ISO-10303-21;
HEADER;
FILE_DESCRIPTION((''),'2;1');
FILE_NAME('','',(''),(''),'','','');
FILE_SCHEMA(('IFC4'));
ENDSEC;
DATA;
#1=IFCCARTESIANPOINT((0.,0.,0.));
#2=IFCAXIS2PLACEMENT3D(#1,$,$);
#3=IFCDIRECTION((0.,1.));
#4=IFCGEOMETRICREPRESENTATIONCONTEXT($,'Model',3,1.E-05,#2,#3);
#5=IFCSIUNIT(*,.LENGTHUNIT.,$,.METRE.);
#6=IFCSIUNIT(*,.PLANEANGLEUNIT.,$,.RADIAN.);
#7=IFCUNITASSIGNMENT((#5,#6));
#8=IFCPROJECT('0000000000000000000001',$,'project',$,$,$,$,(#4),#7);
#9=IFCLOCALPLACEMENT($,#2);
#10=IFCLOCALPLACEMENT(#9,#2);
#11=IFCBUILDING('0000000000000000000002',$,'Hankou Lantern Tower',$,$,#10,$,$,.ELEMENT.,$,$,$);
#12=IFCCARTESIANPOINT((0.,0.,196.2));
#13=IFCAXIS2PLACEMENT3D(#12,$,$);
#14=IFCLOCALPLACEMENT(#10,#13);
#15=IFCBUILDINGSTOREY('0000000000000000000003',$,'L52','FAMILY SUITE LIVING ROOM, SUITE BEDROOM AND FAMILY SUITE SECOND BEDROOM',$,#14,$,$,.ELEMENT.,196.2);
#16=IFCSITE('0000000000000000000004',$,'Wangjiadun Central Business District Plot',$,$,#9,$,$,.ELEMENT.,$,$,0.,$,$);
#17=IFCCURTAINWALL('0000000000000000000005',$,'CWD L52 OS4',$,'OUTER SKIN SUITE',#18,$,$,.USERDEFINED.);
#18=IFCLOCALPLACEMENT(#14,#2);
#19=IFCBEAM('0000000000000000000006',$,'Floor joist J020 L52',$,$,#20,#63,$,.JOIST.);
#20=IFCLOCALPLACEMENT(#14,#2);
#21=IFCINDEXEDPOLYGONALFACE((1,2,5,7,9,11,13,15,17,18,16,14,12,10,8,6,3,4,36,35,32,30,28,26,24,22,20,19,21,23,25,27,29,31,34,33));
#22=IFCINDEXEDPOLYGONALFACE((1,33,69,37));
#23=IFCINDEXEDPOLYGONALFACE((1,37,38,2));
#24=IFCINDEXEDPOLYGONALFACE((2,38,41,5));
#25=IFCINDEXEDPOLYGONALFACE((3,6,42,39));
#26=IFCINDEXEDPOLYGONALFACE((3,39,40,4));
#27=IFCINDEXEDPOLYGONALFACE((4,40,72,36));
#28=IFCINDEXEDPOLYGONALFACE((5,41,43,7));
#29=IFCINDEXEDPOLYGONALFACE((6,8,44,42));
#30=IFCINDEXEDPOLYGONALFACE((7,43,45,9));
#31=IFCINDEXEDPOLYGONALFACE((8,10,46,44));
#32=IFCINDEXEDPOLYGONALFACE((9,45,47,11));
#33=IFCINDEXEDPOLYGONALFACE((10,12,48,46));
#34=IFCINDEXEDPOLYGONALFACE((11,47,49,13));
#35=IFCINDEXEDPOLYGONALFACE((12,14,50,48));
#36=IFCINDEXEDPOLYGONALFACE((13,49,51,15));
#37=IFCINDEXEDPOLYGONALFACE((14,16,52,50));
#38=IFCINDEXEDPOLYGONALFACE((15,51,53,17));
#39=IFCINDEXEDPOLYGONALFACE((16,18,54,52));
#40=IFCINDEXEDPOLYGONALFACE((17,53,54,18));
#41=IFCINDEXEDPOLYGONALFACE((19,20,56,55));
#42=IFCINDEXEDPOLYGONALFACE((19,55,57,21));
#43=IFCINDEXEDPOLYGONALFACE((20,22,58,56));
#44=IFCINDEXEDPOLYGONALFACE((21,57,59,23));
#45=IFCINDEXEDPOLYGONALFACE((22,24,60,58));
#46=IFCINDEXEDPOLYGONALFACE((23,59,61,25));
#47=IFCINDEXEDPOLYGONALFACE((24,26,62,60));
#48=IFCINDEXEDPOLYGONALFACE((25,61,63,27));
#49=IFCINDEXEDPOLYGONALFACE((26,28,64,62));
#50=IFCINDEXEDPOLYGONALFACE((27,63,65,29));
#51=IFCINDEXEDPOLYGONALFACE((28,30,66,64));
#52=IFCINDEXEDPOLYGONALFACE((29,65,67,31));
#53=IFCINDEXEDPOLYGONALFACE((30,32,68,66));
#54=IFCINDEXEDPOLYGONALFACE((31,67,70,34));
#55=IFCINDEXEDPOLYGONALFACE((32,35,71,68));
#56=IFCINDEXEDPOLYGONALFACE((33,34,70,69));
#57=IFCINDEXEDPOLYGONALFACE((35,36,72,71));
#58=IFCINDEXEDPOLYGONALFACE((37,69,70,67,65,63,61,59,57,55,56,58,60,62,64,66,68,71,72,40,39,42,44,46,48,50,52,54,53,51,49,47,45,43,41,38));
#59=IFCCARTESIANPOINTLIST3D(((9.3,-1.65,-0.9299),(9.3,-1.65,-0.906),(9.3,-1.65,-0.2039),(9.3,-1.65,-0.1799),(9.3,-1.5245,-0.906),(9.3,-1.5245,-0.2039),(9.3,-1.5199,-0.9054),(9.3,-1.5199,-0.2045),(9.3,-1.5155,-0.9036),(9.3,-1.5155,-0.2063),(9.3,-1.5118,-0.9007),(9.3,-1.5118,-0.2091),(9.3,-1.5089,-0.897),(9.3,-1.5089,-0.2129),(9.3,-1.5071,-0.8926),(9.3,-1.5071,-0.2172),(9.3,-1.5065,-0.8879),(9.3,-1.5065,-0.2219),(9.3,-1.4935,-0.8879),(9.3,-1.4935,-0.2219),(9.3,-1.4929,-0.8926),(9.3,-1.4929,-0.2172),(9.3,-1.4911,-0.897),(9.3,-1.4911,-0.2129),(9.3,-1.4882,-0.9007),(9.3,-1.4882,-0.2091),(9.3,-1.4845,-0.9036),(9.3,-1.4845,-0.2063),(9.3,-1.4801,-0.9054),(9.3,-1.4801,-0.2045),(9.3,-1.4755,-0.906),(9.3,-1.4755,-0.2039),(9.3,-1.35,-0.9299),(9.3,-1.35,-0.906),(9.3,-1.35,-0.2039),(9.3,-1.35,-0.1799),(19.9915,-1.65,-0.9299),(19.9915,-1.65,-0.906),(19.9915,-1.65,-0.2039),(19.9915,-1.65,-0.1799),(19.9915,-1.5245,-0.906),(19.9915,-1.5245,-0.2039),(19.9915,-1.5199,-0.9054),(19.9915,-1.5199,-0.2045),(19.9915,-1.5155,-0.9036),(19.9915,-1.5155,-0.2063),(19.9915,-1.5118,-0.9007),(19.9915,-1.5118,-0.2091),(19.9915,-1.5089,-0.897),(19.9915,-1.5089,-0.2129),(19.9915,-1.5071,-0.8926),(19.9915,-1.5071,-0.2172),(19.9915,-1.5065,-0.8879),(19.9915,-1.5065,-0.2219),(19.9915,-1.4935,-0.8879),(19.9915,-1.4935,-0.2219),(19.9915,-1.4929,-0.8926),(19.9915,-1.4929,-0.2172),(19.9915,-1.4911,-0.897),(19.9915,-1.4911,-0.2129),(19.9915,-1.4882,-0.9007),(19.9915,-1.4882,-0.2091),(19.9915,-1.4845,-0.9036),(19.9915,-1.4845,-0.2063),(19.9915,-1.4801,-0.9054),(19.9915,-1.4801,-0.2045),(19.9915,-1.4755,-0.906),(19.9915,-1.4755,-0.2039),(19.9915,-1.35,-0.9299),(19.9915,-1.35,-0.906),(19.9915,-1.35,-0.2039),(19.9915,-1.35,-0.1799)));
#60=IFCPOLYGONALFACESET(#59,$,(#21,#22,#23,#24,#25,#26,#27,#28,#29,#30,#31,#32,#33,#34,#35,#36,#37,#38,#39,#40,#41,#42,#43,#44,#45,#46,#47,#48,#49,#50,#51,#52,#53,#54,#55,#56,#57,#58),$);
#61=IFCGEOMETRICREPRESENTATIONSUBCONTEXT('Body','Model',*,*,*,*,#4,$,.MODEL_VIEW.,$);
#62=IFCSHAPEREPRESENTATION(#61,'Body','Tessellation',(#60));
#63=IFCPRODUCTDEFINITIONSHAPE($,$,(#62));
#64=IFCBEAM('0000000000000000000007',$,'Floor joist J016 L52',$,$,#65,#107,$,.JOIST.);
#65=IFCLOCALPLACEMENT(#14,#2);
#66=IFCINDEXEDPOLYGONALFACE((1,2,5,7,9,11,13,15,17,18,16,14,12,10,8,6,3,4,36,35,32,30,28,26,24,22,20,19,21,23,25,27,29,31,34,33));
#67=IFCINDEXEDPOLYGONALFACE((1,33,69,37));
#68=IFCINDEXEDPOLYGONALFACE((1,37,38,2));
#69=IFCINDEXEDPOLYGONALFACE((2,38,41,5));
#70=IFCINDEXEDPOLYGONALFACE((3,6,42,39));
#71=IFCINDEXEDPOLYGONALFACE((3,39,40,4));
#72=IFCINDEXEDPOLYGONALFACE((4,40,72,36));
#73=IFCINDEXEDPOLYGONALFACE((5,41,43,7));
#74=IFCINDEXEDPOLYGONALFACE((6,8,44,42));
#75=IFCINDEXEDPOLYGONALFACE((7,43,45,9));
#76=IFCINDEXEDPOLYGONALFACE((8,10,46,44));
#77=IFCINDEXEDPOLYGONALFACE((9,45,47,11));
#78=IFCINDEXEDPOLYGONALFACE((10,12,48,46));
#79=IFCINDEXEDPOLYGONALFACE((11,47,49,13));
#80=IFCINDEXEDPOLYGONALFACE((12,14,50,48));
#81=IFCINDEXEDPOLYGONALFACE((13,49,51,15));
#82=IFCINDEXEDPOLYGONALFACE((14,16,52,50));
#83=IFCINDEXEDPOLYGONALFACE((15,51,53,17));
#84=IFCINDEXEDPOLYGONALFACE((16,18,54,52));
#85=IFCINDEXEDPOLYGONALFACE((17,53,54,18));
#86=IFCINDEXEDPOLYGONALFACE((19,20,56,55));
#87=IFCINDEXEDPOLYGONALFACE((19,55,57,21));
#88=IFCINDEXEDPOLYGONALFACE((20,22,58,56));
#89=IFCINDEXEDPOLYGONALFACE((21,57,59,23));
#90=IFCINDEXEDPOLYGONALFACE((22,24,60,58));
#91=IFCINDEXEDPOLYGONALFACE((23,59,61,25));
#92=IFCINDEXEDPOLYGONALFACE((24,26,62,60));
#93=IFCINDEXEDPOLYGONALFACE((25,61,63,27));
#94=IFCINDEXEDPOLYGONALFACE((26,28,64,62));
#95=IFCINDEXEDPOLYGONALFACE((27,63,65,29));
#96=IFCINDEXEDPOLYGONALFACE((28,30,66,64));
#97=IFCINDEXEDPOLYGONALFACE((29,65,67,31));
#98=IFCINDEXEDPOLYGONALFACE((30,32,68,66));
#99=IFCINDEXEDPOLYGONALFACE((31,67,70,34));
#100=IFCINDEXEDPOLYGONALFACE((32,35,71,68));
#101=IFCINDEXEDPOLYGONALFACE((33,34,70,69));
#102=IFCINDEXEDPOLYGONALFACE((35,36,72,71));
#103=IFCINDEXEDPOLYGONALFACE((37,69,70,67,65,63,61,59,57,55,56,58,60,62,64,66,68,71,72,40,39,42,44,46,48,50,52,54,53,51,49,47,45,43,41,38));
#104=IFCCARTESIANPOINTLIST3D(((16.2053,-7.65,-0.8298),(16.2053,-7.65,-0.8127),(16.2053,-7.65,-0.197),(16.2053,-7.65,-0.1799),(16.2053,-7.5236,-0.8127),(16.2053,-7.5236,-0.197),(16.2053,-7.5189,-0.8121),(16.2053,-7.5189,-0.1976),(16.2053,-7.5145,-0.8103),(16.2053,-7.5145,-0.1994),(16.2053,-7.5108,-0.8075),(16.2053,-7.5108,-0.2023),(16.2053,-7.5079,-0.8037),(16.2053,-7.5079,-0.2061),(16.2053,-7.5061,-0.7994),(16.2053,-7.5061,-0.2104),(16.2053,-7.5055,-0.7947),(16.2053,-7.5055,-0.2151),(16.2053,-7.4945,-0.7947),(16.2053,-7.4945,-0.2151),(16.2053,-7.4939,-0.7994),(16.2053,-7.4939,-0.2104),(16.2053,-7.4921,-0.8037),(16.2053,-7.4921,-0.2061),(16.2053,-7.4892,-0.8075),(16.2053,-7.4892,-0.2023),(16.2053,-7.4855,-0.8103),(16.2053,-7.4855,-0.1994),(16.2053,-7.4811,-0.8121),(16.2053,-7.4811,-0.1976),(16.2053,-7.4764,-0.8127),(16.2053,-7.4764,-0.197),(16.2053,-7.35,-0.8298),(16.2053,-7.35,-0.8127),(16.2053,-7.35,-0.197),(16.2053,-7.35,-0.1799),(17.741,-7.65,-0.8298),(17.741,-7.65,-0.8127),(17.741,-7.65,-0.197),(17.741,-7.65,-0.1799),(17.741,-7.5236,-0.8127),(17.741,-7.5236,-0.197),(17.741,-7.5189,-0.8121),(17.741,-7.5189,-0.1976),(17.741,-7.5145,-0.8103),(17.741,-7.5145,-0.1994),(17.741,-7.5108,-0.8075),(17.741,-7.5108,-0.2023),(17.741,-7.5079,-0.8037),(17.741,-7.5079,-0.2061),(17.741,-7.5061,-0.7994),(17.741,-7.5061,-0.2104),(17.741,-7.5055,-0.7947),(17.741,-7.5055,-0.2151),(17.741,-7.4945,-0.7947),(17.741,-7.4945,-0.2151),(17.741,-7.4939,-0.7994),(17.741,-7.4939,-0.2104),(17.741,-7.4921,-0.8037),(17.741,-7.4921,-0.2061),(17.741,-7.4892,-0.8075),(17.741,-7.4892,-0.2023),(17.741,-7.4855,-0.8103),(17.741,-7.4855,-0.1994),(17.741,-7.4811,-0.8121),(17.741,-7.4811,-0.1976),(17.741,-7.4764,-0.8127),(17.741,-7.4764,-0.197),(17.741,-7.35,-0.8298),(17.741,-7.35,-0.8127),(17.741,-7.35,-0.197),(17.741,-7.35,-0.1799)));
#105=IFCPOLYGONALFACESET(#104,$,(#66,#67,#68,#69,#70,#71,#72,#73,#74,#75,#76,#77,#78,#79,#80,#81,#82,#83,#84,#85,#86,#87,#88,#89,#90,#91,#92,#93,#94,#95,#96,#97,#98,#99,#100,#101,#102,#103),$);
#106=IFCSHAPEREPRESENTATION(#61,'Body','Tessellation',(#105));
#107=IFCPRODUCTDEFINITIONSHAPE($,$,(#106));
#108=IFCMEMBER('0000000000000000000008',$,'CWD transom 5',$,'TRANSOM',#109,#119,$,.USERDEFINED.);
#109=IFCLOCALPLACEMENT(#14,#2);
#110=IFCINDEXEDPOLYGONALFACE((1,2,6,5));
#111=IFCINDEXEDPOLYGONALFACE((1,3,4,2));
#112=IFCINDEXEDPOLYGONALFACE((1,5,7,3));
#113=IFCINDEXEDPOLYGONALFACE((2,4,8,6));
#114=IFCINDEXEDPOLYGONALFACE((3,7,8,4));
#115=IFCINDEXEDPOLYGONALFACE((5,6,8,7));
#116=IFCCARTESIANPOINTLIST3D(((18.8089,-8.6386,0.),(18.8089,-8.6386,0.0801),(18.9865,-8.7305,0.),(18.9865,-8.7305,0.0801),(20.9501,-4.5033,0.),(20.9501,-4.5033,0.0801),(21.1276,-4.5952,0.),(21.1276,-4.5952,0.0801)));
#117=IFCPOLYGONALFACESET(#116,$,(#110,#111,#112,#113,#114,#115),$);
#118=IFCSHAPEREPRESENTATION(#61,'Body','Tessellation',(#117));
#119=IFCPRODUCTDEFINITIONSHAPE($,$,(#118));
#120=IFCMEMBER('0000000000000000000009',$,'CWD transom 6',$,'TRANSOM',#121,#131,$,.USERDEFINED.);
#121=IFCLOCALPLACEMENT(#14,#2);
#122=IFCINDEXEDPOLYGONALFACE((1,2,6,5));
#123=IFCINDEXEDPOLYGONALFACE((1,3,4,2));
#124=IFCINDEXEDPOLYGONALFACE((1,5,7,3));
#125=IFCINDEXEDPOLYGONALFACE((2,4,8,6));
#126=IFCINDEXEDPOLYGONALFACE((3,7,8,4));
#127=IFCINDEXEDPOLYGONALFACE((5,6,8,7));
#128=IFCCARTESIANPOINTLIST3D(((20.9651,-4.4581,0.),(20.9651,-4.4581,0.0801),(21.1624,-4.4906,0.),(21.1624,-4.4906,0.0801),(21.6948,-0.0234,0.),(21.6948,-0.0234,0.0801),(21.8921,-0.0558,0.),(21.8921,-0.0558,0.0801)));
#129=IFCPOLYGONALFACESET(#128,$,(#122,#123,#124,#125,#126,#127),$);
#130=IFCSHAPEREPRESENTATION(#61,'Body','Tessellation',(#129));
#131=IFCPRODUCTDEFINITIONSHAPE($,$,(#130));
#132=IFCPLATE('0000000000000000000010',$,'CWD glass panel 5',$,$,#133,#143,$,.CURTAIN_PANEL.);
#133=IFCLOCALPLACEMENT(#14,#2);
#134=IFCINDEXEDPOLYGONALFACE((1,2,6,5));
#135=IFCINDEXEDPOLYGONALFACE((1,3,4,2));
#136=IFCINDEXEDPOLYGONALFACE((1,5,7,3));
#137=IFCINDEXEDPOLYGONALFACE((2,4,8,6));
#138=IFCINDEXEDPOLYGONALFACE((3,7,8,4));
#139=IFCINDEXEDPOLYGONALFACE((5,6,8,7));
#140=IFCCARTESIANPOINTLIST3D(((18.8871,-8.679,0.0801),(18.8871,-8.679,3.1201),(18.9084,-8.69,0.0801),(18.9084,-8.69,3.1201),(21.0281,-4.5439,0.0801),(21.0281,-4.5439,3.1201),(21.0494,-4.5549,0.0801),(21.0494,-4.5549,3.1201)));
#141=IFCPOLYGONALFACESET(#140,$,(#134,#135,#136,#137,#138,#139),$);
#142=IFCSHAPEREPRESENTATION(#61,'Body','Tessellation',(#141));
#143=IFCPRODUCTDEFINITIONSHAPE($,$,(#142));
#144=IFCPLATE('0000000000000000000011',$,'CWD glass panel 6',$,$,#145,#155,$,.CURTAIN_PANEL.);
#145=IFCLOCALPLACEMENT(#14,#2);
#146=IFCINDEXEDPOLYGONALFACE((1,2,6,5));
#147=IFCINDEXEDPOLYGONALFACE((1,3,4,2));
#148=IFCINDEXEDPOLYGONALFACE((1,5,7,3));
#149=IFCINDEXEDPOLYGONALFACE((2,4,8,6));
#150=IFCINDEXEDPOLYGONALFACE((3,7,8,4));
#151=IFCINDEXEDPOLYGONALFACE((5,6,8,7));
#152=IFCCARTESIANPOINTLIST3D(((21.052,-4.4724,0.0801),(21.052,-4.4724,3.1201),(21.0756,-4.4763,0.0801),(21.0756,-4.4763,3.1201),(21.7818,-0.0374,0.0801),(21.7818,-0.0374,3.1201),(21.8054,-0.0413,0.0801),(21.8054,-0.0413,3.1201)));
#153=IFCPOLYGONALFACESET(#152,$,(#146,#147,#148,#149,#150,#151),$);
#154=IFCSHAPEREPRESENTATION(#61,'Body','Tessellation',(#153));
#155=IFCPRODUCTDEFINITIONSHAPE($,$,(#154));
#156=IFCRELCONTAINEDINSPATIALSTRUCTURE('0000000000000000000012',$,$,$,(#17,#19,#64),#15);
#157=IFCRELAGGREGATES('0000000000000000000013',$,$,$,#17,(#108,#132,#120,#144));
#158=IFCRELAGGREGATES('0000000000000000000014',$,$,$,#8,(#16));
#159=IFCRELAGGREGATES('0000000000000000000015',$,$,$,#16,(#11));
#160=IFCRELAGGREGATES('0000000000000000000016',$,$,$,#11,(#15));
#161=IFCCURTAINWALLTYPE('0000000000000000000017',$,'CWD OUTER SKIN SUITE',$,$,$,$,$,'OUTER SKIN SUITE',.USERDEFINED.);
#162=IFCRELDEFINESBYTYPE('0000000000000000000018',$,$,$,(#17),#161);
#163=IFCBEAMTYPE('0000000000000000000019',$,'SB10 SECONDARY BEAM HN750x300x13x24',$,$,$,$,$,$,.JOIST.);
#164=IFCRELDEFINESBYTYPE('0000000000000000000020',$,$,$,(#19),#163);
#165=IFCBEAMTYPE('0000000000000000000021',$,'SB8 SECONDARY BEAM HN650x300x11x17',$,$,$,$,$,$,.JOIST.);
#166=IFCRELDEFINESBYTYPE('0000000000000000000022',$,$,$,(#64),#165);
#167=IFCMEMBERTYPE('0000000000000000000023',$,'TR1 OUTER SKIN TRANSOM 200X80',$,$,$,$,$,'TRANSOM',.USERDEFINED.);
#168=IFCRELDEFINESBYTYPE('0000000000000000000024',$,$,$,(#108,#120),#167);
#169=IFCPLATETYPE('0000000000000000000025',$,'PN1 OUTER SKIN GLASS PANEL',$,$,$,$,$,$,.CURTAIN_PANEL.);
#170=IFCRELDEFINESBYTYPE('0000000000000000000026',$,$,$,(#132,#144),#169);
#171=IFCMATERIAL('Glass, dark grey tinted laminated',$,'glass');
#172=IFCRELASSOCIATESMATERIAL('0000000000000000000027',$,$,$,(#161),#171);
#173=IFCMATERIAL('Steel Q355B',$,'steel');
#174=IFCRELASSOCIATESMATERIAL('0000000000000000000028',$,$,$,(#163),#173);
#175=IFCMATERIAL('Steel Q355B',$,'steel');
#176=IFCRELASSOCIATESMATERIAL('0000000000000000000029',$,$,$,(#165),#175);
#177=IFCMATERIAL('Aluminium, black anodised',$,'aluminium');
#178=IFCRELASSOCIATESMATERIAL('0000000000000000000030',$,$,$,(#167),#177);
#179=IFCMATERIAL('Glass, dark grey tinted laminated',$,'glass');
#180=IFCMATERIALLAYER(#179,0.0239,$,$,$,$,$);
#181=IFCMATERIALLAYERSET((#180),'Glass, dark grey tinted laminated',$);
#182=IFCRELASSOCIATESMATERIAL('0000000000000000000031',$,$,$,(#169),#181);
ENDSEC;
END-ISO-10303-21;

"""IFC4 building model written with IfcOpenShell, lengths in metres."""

from ifc_helpers import new_model, si_unit, direction, frame, origin, origin_2d, place, context, subcontext, project, spatial, rectangle, i_section, extrude, material, layer, layer_set, material_profile, profile_set, type_object, element, aggregate, save


model = new_model("IFC4")

# Units and contexts
model_context = context("Model", 3, precision=1e-05, world=origin(), true_north=direction((0.0, 1.0)))
body_context = subcontext(model_context, "Body", "Model", "MODEL_VIEW")
ifc_project = project(units=[si_unit("LENGTHUNIT", "METRE"), si_unit("PLANEANGLEUNIT", "RADIAN")], contexts=[model_context])

# Site, building, storey
site_placement = place(None, origin())
site = spatial("IfcSite", under=ifc_project, at=site_placement, Name="Wangjiadun Central Business District Plot", CompositionType="ELEMENT", RefElevation=0.0)
building_placement = place(site_placement, origin())
building = spatial("IfcBuilding", under=site, at=building_placement, Name="Hankou Lantern Tower", CompositionType="ELEMENT")
storey_placement = place(building_placement, frame((0.0, 0.0, 196.2)))
storey = spatial("IfcBuildingStorey", under=building, at=storey_placement, Name="L52", Description="FAMILY SUITE LIVING ROOM, SUITE BEDROOM AND FAMILY SUITE SECOND BEDROOM", CompositionType="ELEMENT", Elevation=196.2)

# Curtain wall
ifc_material_1 = material(Name="Glass, dark grey tinted laminated", Category="glass")
curtain_wall_type = type_object("IfcCurtainWallType", Name="CWD OUTER SKIN SUITE", ElementType="OUTER SKIN SUITE", PredefinedType="USERDEFINED", material=ifc_material_1)
curtain_wall_placement = place(storey_placement, origin())
curtain_wall = element("IfcCurtainWall", 1, at=curtain_wall_placement, inside=storey, type_object=curtain_wall_type, Name="CWD L52 OS4", ObjectType="OUTER SKIN SUITE", PredefinedType="USERDEFINED")

# Beams
ifc_material_2 = material(Name="Steel Q355B", Category="steel")
ifc_material_profile_1 = material_profile(ifc_material_2, i_section(OverallWidth=0.3, OverallDepth=0.75, WebThickness=0.0129, FlangeThickness=0.0239, FilletRadius=0.0181, at=origin_2d()), Name="HN750x300x13x24")
ifc_profile_set_1 = profile_set([ifc_material_profile_1], Name="Steel Q355B")
beam_type_1 = type_object("IfcBeamType", Name="SB10 SECONDARY BEAM HN750x300x13x24", PredefinedType="JOIST", material=ifc_profile_set_1)
beam_1_placement = place(storey_placement, frame((9.3, -1.5, -0.5549), z_axis=(1.0, 0.0, 0.0), x_axis=(0.0, 1.0, 0.0)))
element("IfcBeam", 2, at=beam_1_placement, inside=storey, type_object=beam_type_1, Name="Floor joist J020 L52", PredefinedType="JOIST", context=body_context, shape_type="SweptSolid", body=[
    extrude(i_section(OverallWidth=0.3, OverallDepth=0.75, WebThickness=0.0129, FlangeThickness=0.0239, FilletRadius=0.0181, at=origin_2d()), origin(), (0.0, 0.0, 1.0), 10.6914),
])
ifc_material_3 = material(Name="Steel Q355B", Category="steel")
ifc_material_profile_2 = material_profile(ifc_material_3, i_section(OverallWidth=0.3, OverallDepth=0.6499, WebThickness=0.011, FlangeThickness=0.0171, FilletRadius=0.0181, at=origin_2d()), Name="HN650x300x11x17")
ifc_profile_set_2 = profile_set([ifc_material_profile_2], Name="Steel Q355B")
beam_type_2 = type_object("IfcBeamType", Name="SB8 SECONDARY BEAM HN650x300x11x17", PredefinedType="JOIST", material=ifc_profile_set_2)
beam_2_placement = place(storey_placement, frame((16.2053, -7.5, -0.5049), z_axis=(1.0, 0.0, 0.0), x_axis=(0.0, 1.0, 0.0)))
element("IfcBeam", 3, at=beam_2_placement, inside=storey, type_object=beam_type_2, Name="Floor joist J016 L52", PredefinedType="JOIST", context=body_context, shape_type="SweptSolid", body=[
    extrude(i_section(OverallWidth=0.3, OverallDepth=0.6499, WebThickness=0.011, FlangeThickness=0.0171, FilletRadius=0.0181, at=origin_2d()), origin(), (0.0, 0.0, 1.0), 1.5356),
])

# Members
ifc_material_4 = material(Name="Aluminium, black anodised", Category="aluminium")
ifc_material_profile_3 = material_profile(ifc_material_4, rectangle(XDim=0.2, YDim=0.0801, at=origin_2d()), Name="TR1 200X80")
ifc_profile_set_3 = profile_set([ifc_material_profile_3], Name="Aluminium, black anodised")
member_type_1 = type_object("IfcMemberType", Name="TR1 OUTER SKIN TRANSOM 200X80", ElementType="TRANSOM", PredefinedType="USERDEFINED", material=ifc_profile_set_3)
member_1_placement = place(storey_placement, frame((18.8977, -8.6846, 0.04), z_axis=(0.459794, 0.888026, 0.0), x_axis=(-0.888026, 0.459794, 0.0)))
member_1 = element("IfcMember", 4, at=member_1_placement, type_object=member_type_1, Name="CWD transom 5", ObjectType="TRANSOM", PredefinedType="USERDEFINED", context=body_context, shape_type="SweptSolid", body=[
    extrude(rectangle(XDim=0.2, YDim=0.0801, at=origin_2d()), origin(), (0.0, 0.0, 1.0), 4.6567),
])
member_2_placement = place(storey_placement, frame((21.0637, -4.4744, 0.04), z_axis=(0.162364, 0.986731, 0.0), x_axis=(-0.986731, 0.162364, 0.0)))
member_2 = element("IfcMember", 5, at=member_2_placement, type_object=member_type_1, Name="CWD transom 6", ObjectType="TRANSOM", PredefinedType="USERDEFINED", context=body_context, shape_type="SweptSolid", body=[
    extrude(rectangle(XDim=0.2, YDim=0.0801, at=origin_2d()), origin(), (0.0, 0.0, 1.0), 4.4944),
])

# Plates
ifc_material_5 = material(Name="Glass, dark grey tinted laminated", Category="glass")
ifc_layer_1 = layer(ifc_material_5, 0.0239)
ifc_layer_set_1 = layer_set([ifc_layer_1], Name="Glass, dark grey tinted laminated")
plate_type = type_object("IfcPlateType", Name="PN1 OUTER SKIN GLASS PANEL", PredefinedType="CURTAIN_PANEL", material=ifc_layer_set_1)
plate_1_placement = place(storey_placement, frame((19.9683, -6.6169, 0.0801), z_axis=(0.0, 0.0, 1.0), x_axis=(0.459791, 0.888027, 0.0)))
plate_1 = element("IfcPlate", 6, at=plate_1_placement, type_object=plate_type, Name="CWD glass panel 5", PredefinedType="CURTAIN_PANEL", context=body_context, shape_type="SweptSolid", body=[
    extrude(rectangle(XDim=4.6565, YDim=0.0239, at=origin_2d()), origin(), (0.0, 0.0, 1.0), 3.04),
])
plate_2_placement = place(storey_placement, frame((21.4287, -2.2568, 0.0801), z_axis=(0.0, 0.0, 1.0), x_axis=(0.162382, 0.986728, 0.0)))
plate_2 = element("IfcPlate", 7, at=plate_2_placement, type_object=plate_type, Name="CWD glass panel 6", PredefinedType="CURTAIN_PANEL", context=body_context, shape_type="SweptSolid", body=[
    extrude(rectangle(XDim=4.4946, YDim=0.0239, at=origin_2d()), origin(), (0.0, 0.0, 1.0), 3.04),
])
aggregate(curtain_wall, [member_1, plate_1, member_2, plate_2])

save(model, "model.ifc")
